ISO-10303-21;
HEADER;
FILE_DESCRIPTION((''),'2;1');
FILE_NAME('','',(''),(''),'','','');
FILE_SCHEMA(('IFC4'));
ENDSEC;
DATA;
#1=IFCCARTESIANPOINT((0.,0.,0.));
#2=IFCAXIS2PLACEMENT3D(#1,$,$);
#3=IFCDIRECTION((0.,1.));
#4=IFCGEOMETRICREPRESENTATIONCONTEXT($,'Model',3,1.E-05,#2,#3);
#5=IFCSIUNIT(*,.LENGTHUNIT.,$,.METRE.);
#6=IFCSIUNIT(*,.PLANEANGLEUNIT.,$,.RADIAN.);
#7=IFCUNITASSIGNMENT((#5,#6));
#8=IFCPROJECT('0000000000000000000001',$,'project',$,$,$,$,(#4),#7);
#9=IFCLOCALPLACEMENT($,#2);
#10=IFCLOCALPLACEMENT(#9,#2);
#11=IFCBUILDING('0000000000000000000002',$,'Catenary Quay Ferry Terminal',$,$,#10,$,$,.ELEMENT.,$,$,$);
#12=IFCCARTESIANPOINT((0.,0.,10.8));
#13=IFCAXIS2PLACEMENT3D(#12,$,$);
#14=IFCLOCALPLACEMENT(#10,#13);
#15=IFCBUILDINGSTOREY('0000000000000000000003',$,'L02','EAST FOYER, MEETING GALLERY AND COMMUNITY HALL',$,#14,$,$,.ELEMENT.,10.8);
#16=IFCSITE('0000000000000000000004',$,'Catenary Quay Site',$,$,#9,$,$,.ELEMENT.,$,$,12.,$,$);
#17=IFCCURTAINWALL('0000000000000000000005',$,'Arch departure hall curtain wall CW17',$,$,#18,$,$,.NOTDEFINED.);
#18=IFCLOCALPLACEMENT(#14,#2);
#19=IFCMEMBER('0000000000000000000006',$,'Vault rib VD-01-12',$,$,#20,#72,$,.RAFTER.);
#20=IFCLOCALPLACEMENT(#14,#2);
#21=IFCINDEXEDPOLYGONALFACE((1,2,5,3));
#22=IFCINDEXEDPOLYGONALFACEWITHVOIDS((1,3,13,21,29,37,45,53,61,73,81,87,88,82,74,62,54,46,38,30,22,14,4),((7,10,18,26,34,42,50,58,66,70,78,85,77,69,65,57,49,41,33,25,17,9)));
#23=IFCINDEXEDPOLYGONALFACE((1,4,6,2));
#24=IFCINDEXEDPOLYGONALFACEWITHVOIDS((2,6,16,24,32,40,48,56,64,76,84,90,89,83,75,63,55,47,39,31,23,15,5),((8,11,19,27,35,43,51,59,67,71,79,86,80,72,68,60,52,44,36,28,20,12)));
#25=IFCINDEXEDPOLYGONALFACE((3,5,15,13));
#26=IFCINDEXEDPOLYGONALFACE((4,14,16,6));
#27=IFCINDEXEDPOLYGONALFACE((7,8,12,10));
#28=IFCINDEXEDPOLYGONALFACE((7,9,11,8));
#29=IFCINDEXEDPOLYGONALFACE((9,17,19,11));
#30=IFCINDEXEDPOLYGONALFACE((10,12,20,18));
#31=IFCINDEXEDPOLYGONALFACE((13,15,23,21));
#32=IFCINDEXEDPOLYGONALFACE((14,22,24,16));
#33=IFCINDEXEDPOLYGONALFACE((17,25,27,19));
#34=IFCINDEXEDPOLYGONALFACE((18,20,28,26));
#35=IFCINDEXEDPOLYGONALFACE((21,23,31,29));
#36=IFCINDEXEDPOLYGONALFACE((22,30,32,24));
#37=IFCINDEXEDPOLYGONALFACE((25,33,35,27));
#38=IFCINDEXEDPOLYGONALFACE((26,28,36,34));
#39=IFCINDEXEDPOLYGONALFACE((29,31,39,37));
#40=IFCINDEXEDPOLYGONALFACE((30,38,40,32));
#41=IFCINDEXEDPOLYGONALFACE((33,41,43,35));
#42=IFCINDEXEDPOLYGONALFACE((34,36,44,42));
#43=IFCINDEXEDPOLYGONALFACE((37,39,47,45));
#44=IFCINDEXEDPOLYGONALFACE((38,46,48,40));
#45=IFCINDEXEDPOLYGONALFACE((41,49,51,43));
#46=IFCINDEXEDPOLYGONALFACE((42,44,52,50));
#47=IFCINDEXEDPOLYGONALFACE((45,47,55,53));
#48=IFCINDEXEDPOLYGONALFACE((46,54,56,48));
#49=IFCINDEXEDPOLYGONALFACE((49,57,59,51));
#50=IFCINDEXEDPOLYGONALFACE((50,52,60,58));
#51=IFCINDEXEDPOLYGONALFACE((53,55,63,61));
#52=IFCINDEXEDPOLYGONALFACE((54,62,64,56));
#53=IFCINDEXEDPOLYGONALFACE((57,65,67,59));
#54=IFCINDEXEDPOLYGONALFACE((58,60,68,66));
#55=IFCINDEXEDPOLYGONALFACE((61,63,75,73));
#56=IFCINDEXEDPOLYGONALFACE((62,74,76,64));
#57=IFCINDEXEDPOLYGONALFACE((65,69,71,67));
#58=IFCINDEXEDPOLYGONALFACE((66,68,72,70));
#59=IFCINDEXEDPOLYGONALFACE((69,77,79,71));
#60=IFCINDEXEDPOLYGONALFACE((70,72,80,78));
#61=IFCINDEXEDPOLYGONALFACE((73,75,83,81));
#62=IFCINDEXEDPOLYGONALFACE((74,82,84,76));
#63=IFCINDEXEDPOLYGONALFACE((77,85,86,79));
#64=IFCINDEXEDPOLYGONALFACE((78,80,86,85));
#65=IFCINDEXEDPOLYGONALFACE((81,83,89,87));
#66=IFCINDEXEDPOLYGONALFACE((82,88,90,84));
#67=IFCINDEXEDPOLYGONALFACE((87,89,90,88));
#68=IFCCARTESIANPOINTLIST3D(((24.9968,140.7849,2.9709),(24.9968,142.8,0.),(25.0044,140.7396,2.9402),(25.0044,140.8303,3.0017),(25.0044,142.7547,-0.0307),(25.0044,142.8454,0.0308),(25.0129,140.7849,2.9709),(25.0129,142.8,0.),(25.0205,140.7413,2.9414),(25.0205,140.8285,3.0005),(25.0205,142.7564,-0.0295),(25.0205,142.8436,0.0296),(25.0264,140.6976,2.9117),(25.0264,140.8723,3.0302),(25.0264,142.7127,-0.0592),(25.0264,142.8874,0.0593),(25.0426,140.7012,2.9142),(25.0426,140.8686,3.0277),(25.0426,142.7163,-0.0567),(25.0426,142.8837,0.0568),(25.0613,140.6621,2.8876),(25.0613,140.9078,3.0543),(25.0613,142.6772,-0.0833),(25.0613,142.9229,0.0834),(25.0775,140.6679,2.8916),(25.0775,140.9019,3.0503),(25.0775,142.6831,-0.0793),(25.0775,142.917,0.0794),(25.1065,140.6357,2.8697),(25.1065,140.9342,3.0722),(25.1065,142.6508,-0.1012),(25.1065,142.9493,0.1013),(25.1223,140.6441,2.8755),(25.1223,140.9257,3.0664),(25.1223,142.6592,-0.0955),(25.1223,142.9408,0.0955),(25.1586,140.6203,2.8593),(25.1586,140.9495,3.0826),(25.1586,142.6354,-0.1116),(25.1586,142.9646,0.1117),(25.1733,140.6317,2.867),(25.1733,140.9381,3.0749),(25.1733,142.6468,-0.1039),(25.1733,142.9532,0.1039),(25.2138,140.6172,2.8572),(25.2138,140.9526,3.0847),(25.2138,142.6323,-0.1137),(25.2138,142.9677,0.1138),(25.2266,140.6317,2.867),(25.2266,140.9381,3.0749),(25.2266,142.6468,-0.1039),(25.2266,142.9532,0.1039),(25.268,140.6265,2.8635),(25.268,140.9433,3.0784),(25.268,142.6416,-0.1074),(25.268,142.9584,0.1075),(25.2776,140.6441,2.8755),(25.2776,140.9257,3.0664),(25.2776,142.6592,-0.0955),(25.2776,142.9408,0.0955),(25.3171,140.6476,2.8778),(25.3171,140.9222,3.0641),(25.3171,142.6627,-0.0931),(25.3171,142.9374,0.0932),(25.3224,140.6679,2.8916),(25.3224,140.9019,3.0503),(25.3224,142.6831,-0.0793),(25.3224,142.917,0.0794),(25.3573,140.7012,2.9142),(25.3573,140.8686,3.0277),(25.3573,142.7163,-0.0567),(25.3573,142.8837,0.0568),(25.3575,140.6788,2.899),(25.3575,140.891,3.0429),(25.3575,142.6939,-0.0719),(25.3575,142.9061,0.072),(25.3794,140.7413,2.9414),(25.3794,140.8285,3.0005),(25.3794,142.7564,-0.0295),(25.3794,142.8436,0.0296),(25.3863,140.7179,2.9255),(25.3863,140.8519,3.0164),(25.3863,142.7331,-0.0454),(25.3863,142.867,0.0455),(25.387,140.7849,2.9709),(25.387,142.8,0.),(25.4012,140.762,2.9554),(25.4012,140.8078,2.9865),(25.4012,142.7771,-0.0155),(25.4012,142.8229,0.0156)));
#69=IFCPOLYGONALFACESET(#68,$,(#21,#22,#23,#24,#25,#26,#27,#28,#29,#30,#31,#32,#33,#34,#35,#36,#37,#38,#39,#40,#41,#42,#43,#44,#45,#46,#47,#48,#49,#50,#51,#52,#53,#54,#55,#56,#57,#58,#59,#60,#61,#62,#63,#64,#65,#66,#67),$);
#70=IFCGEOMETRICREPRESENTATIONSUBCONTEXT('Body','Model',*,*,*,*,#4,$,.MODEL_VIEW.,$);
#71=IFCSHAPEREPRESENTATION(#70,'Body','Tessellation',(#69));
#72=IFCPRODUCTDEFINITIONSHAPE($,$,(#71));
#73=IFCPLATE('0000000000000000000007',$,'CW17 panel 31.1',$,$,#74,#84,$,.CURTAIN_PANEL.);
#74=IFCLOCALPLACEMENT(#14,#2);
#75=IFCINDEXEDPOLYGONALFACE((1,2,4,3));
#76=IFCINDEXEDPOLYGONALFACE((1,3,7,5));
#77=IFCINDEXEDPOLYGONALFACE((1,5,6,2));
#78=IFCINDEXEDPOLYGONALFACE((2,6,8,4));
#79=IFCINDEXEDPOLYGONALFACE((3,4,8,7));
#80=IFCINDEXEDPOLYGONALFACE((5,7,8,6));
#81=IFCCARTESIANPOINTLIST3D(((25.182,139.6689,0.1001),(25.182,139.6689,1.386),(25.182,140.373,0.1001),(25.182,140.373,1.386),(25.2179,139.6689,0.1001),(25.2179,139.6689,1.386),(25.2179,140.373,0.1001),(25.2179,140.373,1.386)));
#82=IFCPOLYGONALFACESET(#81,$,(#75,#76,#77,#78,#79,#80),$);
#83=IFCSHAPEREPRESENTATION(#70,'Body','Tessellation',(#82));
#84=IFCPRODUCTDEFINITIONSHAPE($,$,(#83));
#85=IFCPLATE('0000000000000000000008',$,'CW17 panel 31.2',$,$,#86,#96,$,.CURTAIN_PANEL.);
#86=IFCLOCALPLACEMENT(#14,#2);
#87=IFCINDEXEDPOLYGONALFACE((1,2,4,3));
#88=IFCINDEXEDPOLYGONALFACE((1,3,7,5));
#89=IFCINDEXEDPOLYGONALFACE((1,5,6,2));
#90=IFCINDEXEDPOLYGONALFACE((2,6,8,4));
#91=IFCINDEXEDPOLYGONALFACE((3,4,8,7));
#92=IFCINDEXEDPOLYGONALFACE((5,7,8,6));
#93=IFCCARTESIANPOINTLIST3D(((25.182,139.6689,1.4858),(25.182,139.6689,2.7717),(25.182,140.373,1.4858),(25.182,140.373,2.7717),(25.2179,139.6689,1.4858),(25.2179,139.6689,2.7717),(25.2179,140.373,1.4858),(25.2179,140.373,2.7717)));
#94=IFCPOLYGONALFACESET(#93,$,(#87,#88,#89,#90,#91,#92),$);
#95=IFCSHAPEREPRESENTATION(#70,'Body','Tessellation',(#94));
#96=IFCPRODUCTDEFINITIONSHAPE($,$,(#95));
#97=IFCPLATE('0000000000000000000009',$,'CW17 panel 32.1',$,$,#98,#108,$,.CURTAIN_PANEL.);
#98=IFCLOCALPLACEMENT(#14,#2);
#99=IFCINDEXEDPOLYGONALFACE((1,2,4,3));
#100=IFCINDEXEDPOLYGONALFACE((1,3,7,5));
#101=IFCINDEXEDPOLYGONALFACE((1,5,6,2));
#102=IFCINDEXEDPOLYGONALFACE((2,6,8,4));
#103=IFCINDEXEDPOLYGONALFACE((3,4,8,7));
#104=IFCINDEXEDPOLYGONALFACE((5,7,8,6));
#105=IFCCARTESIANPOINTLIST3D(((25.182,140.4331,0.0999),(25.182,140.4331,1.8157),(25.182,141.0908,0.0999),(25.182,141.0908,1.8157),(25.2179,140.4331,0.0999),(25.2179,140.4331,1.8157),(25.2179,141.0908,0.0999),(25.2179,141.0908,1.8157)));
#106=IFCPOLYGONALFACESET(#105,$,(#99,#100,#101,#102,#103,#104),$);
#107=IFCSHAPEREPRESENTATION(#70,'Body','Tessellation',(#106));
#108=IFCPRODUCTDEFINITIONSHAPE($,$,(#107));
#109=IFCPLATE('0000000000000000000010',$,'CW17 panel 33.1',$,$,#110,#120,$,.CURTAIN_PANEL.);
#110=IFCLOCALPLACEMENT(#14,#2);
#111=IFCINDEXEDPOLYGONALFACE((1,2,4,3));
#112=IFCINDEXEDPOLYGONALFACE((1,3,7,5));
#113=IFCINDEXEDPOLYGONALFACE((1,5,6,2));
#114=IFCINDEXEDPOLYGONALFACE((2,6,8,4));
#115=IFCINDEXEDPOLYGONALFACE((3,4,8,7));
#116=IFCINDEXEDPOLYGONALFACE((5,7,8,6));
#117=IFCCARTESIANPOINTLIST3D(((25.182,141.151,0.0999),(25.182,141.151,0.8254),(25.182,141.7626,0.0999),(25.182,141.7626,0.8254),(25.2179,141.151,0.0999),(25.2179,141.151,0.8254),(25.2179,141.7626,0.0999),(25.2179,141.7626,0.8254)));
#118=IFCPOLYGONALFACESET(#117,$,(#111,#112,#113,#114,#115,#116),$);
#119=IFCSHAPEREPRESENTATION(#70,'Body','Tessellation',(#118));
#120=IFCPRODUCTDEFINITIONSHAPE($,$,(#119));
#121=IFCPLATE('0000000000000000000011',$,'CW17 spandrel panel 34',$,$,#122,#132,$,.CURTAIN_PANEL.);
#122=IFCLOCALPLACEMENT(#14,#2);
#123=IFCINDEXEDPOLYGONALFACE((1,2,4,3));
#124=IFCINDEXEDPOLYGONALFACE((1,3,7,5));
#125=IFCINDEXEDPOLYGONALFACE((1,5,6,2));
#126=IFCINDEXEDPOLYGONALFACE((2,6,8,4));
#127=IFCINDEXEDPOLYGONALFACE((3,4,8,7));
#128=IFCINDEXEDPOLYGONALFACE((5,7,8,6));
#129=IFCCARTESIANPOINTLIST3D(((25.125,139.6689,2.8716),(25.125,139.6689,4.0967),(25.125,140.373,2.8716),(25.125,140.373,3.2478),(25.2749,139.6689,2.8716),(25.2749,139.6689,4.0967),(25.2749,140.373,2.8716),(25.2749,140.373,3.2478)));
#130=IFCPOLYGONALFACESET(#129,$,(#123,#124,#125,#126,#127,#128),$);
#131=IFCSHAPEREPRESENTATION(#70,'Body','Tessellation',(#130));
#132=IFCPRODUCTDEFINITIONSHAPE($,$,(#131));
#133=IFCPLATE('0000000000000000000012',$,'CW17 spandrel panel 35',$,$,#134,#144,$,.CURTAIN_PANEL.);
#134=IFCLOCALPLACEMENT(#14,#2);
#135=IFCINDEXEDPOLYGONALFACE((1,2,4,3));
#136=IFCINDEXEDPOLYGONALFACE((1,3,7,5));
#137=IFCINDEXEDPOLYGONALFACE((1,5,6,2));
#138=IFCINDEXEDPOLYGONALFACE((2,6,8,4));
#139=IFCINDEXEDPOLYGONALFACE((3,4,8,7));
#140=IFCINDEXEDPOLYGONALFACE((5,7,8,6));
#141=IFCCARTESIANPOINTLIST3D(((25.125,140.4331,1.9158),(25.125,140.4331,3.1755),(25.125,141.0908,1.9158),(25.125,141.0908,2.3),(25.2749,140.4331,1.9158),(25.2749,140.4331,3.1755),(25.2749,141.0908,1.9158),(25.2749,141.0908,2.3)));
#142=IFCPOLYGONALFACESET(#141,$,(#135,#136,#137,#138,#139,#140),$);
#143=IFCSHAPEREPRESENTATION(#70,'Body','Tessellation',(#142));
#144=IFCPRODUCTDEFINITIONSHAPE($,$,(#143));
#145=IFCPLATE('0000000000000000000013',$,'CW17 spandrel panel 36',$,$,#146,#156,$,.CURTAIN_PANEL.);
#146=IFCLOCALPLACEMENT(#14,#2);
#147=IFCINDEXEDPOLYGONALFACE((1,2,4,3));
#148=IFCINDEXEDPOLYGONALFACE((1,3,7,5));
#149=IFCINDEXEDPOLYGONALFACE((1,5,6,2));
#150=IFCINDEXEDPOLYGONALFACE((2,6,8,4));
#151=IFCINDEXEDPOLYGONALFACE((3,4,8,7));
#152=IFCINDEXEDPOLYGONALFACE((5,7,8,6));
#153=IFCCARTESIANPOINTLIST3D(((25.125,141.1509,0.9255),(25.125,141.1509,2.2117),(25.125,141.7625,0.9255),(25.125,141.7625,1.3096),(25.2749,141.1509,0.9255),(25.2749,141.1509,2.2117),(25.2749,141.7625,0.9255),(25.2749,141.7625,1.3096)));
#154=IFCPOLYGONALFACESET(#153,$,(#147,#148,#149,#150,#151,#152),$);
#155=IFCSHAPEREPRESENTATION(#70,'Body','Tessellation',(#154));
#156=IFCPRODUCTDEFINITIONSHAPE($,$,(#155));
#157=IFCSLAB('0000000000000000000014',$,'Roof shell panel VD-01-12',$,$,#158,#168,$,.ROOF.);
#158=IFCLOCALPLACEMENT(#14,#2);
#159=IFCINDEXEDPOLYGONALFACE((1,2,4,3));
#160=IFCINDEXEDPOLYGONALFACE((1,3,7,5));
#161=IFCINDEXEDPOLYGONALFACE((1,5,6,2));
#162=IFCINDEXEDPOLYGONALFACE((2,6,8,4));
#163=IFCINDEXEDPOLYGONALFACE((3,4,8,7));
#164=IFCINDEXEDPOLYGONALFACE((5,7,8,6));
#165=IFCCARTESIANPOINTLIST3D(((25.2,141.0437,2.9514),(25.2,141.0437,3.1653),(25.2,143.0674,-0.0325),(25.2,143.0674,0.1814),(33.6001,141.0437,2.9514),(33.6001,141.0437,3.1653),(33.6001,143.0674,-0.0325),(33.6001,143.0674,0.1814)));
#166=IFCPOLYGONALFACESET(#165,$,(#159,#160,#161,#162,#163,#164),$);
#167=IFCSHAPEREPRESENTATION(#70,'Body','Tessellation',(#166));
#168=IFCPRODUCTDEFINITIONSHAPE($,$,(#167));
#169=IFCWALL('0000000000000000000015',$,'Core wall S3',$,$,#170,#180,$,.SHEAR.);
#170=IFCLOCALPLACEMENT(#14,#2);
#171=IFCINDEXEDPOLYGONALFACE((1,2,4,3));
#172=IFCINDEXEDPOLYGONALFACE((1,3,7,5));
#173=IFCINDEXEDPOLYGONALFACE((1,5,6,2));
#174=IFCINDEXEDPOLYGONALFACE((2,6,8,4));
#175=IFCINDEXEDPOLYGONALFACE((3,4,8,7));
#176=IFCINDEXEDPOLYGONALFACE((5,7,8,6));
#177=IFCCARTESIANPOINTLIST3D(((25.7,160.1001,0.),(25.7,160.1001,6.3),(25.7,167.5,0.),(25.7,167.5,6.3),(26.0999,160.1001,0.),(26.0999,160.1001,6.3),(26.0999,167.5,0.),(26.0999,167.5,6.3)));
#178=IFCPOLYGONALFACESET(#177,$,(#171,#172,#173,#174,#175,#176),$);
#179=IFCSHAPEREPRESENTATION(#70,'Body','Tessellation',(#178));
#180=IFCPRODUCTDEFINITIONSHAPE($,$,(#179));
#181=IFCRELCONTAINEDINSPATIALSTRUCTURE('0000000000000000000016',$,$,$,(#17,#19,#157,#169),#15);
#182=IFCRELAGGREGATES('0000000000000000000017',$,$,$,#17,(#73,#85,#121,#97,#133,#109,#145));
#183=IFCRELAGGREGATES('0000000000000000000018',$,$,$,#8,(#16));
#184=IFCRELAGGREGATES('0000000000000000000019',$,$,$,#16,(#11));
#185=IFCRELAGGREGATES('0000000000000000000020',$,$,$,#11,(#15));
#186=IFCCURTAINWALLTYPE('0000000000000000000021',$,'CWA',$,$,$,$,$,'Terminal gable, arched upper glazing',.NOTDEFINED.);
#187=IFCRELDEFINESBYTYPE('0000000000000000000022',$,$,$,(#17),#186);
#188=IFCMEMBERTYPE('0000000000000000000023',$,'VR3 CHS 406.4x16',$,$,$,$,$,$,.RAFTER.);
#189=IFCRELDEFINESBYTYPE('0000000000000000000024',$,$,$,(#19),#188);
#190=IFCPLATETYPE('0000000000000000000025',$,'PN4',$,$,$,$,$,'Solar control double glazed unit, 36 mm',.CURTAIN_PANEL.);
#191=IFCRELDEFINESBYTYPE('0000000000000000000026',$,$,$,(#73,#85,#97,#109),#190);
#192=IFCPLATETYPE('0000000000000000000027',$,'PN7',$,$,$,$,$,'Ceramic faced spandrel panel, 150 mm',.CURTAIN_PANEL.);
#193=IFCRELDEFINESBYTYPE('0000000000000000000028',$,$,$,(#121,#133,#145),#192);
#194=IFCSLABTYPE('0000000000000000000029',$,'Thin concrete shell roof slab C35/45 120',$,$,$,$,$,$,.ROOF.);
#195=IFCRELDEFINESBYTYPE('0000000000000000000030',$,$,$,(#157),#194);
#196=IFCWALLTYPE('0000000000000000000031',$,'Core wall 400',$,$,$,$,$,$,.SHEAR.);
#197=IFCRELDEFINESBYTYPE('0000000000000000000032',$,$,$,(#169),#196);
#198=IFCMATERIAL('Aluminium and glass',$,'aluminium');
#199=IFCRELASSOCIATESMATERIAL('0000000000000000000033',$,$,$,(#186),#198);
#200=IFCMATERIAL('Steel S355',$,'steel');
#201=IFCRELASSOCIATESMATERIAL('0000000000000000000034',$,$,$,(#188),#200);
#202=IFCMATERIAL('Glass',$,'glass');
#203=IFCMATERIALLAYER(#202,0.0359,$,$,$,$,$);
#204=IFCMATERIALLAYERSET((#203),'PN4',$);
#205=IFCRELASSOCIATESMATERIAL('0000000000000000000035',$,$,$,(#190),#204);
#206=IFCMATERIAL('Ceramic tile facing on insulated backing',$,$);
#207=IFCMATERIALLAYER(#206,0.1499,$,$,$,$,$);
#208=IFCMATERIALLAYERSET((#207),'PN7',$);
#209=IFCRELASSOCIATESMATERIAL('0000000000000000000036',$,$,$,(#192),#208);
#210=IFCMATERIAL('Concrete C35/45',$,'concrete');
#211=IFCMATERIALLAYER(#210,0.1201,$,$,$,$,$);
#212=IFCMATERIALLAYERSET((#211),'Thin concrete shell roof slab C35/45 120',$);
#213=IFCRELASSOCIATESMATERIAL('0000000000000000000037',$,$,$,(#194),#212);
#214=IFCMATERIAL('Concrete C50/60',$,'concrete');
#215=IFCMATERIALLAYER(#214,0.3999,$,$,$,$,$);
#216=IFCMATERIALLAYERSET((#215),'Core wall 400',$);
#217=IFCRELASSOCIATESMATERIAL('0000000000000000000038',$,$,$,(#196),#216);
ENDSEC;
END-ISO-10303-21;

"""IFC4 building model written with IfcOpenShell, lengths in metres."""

from ifc_helpers import new_model, si_unit, direction, frame, frame_2d, origin, origin_2d, place, context, subcontext, project, spatial, polyline, rectangle, hollow_circle, outline, extrude, material, layer, layer_set, material_profile, profile_set, type_object, element, aggregate, save


model = new_model("IFC4")

# Units and contexts
model_context = context("Model", 3, precision=1e-05, world=origin(), true_north=direction((0.0, 1.0)))
body_context = subcontext(model_context, "Body", "Model", "MODEL_VIEW")
ifc_project = project(units=[si_unit("LENGTHUNIT", "METRE"), si_unit("PLANEANGLEUNIT", "RADIAN")], contexts=[model_context])

# Site, building, storey
site_placement = place(None, origin())
site = spatial("IfcSite", under=ifc_project, at=site_placement, Name="Catenary Quay Site", CompositionType="ELEMENT", RefElevation=12.0)
building_placement = place(site_placement, origin())
building = spatial("IfcBuilding", under=site, at=building_placement, Name="Catenary Quay Ferry Terminal", CompositionType="ELEMENT")
storey_placement = place(building_placement, frame((0.0, 0.0, 10.8)))
storey = spatial("IfcBuildingStorey", under=building, at=storey_placement, Name="L02", Description="EAST FOYER, MEETING GALLERY AND COMMUNITY HALL", CompositionType="ELEMENT", Elevation=10.8)

# Curtain wall
ifc_material_1 = material(Name="Aluminium and glass", Category="aluminium")
curtain_wall_type = type_object("IfcCurtainWallType", Name="CWA", ElementType="Terminal gable, arched upper glazing", PredefinedType="NOTDEFINED", material=ifc_material_1)
curtain_wall_placement = place(storey_placement, origin())
curtain_wall = element("IfcCurtainWall", 1, at=curtain_wall_placement, inside=storey, type_object=curtain_wall_type, Name="Arch departure hall curtain wall CW17", PredefinedType="NOTDEFINED")

# Member
ifc_material_2 = material(Name="Steel S355", Category="steel")
ifc_material_profile_1 = material_profile(ifc_material_2, hollow_circle(Radius=0.2031, WallThickness=0.0161, at=origin_2d()), Name="CHS 406.4x16")
ifc_profile_set_1 = profile_set([ifc_material_profile_1], Name="Steel S355")
member_type_1 = type_object("IfcMemberType", Name="VR3 CHS 406.4x16", PredefinedType="RAFTER", material=ifc_profile_set_1)
member_1_placement = place(storey_placement, frame((25.2, 140.7849, 2.9709), z_axis=(0.0, 0.561337, -0.827587), x_axis=(-1.0, 0.0, 0.0)))
element("IfcMember", 2, at=member_1_placement, inside=storey, type_object=member_type_1, Name="Vault rib VD-01-12", PredefinedType="RAFTER", context=body_context, shape_type="SweptSolid", body=[
    extrude(hollow_circle(Radius=0.2031, WallThickness=0.0161, at=origin_2d()), origin(), (0.0, 0.0, 1.0), 3.5898),
])

# Plates
ifc_material_3 = material(Name="Glass", Category="glass")
ifc_layer_1 = layer(ifc_material_3, 0.0359)
ifc_layer_set_1 = layer_set([ifc_layer_1], Name="PN4")
plate_type_1 = type_object("IfcPlateType", Name="PN4", ElementType="Solar control double glazed unit, 36 mm", PredefinedType="CURTAIN_PANEL", material=ifc_layer_set_1)
plate_1_placement = place(storey_placement, frame((25.2, 140.021, 0.1001), z_axis=(0.0, 0.0, 1.0), x_axis=(0.0, 1.0, 0.0)))
plate_1 = element("IfcPlate", 3, at=plate_1_placement, type_object=plate_type_1, Name="CW17 panel 31.1", PredefinedType="CURTAIN_PANEL", context=body_context, shape_type="SweptSolid", body=[
    extrude(rectangle(XDim=0.7041, YDim=0.0359, at=origin_2d()), origin(), (0.0, 0.0, 1.0), 1.2859),
])
plate_2_placement = place(storey_placement, frame((25.2, 140.021, 1.4858), z_axis=(0.0, 0.0, 1.0), x_axis=(0.0, 1.0, 0.0)))
plate_2 = element("IfcPlate", 4, at=plate_2_placement, type_object=plate_type_1, Name="CW17 panel 31.2", PredefinedType="CURTAIN_PANEL", context=body_context, shape_type="SweptSolid", body=[
    extrude(rectangle(XDim=0.7041, YDim=0.0359, at=origin_2d()), origin(), (0.0, 0.0, 1.0), 1.2859),
])
plate_3_placement = place(storey_placement, frame((25.2, 140.762, 0.0999), z_axis=(0.0, 0.0, 1.0), x_axis=(0.0, 1.0, 0.0)))
plate_3 = element("IfcPlate", 5, at=plate_3_placement, type_object=plate_type_1, Name="CW17 panel 32.1", PredefinedType="CURTAIN_PANEL", context=body_context, shape_type="SweptSolid", body=[
    extrude(rectangle(XDim=0.6577, YDim=0.0359, at=origin_2d()), origin(), (0.0, 0.0, 1.0), 1.7158),
])
plate_4_placement = place(storey_placement, frame((25.2, 141.4568, 0.0999), z_axis=(0.0, 0.0, 1.0), x_axis=(0.0, 1.0, 0.0)))
plate_4 = element("IfcPlate", 6, at=plate_4_placement, type_object=plate_type_1, Name="CW17 panel 33.1", PredefinedType="CURTAIN_PANEL", context=body_context, shape_type="SweptSolid", body=[
    extrude(rectangle(XDim=0.6116, YDim=0.0359, at=origin_2d()), origin(), (0.0, 0.0, 1.0), 0.7256),
])
ifc_material_4 = material(Name="Ceramic tile facing on insulated backing")
ifc_layer_2 = layer(ifc_material_4, 0.1499)
ifc_layer_set_2 = layer_set([ifc_layer_2], Name="PN7")
plate_type_2 = type_object("IfcPlateType", Name="PN7", ElementType="Ceramic faced spandrel panel, 150 mm", PredefinedType="CURTAIN_PANEL", material=ifc_layer_set_2)
plate_5_placement = place(storey_placement, frame((25.2, 139.6689, 2.8716), z_axis=(0.0, 0.0, 1.0), x_axis=(0.0, 1.0, 0.0)))
plate_5 = element("IfcPlate", 7, at=plate_5_placement, type_object=plate_type_2, Name="CW17 spandrel panel 34", PredefinedType="CURTAIN_PANEL", context=body_context, shape_type="SweptSolid", body=[
    extrude(outline(polyline([(0.0, 0.0), (0.7041, 0.0), (0.7041, 0.3762), (0.0, 1.2251), (0.0, 0.0)])), frame((0.0, 0.075, 0.0), z_axis=(0.0, -1.0, 0.0), x_axis=(1.0, 0.0, 0.0)), (0.0, 0.0, 1.0), 0.1499),
])
plate_6_placement = place(storey_placement, frame((25.2, 140.4331, 1.9158), z_axis=(0.0, 0.0, 1.0), x_axis=(0.0, 1.0, 0.0)))
plate_6 = element("IfcPlate", 8, at=plate_6_placement, type_object=plate_type_2, Name="CW17 spandrel panel 35", PredefinedType="CURTAIN_PANEL", context=body_context, shape_type="SweptSolid", body=[
    extrude(outline(polyline([(0.0, 0.0), (0.6577, 0.0), (0.6577, 0.3843), (0.0, 1.2598), (0.0, 0.0)])), frame((0.0, 0.075, 0.0), z_axis=(0.0, -1.0, 0.0), x_axis=(1.0, 0.0, 0.0)), (0.0, 0.0, 1.0), 0.1499),
])
plate_7_placement = place(storey_placement, frame((25.2, 141.1509, 0.9255), z_axis=(0.0, 0.0, 1.0), x_axis=(0.0, 1.0, 0.0)))
plate_7 = element("IfcPlate", 9, at=plate_7_placement, type_object=plate_type_2, Name="CW17 spandrel panel 36", PredefinedType="CURTAIN_PANEL", context=body_context, shape_type="SweptSolid", body=[
    extrude(outline(polyline([(0.0, 0.0), (0.6116, 0.0), (0.6116, 0.384), (0.0, 1.2861), (0.0, 0.0)])), frame((0.0, 0.075, 0.0), z_axis=(0.0, -1.0, 0.0), x_axis=(1.0, 0.0, 0.0)), (0.0, 0.0, 1.0), 0.1499),
])
aggregate(curtain_wall, [plate_1, plate_2, plate_5, plate_3, plate_6, plate_4, plate_7])

# Slab
ifc_material_5 = material(Name="Concrete C35/45", Category="concrete")
ifc_layer_3 = layer(ifc_material_5, 0.1201)
ifc_layer_set_3 = layer_set([ifc_layer_3], Name="Thin concrete shell roof slab C35/45 120")
slab_type = type_object("IfcSlabType", Name="Thin concrete shell roof slab C35/45 120", PredefinedType="ROOF", material=ifc_layer_set_3)
slab_placement = place(storey_placement, frame((25.2, 141.0437, 3.1653), z_axis=(0.0, 0.827617, 0.561293), x_axis=(1.0, 0.0, 0.0)))
element("IfcSlab", 10, at=slab_placement, inside=storey, type_object=slab_type, Name="Roof shell panel VD-01-12", PredefinedType="ROOF", context=body_context, shape_type="SweptSolid", body=[
    extrude(outline(polyline([(0.0, 0.0), (8.4001, 0.0), (8.4001, 3.6054), (0.0, 3.6054), (0.0, 0.0)])), origin(), (0.0, 0.827617, -0.561293), 0.2139),
])

# Wall
ifc_material_6 = material(Name="Concrete C50/60", Category="concrete")
ifc_layer_4 = layer(ifc_material_6, 0.3999)
ifc_layer_set_4 = layer_set([ifc_layer_4], Name="Core wall 400")
wall_type_1 = type_object("IfcWallType", Name="Core wall 400", PredefinedType="SHEAR", material=ifc_layer_set_4)
wall_1_placement = place(storey_placement, frame((25.8999, 160.1001, 0.0), z_axis=(0.0, 0.0, 1.0), x_axis=(0.0, 1.0, 0.0)))
element("IfcWall", 11, at=wall_1_placement, inside=storey, type_object=wall_type_1, Name="Core wall S3", PredefinedType="SHEAR", context=body_context, shape_type="SweptSolid", body=[
    extrude(rectangle(XDim=7.3999, YDim=0.3999, at=frame_2d((3.7, 0.0))), origin(), (0.0, 0.0, 1.0), 6.3),
])

save(model, "model.ifc")
